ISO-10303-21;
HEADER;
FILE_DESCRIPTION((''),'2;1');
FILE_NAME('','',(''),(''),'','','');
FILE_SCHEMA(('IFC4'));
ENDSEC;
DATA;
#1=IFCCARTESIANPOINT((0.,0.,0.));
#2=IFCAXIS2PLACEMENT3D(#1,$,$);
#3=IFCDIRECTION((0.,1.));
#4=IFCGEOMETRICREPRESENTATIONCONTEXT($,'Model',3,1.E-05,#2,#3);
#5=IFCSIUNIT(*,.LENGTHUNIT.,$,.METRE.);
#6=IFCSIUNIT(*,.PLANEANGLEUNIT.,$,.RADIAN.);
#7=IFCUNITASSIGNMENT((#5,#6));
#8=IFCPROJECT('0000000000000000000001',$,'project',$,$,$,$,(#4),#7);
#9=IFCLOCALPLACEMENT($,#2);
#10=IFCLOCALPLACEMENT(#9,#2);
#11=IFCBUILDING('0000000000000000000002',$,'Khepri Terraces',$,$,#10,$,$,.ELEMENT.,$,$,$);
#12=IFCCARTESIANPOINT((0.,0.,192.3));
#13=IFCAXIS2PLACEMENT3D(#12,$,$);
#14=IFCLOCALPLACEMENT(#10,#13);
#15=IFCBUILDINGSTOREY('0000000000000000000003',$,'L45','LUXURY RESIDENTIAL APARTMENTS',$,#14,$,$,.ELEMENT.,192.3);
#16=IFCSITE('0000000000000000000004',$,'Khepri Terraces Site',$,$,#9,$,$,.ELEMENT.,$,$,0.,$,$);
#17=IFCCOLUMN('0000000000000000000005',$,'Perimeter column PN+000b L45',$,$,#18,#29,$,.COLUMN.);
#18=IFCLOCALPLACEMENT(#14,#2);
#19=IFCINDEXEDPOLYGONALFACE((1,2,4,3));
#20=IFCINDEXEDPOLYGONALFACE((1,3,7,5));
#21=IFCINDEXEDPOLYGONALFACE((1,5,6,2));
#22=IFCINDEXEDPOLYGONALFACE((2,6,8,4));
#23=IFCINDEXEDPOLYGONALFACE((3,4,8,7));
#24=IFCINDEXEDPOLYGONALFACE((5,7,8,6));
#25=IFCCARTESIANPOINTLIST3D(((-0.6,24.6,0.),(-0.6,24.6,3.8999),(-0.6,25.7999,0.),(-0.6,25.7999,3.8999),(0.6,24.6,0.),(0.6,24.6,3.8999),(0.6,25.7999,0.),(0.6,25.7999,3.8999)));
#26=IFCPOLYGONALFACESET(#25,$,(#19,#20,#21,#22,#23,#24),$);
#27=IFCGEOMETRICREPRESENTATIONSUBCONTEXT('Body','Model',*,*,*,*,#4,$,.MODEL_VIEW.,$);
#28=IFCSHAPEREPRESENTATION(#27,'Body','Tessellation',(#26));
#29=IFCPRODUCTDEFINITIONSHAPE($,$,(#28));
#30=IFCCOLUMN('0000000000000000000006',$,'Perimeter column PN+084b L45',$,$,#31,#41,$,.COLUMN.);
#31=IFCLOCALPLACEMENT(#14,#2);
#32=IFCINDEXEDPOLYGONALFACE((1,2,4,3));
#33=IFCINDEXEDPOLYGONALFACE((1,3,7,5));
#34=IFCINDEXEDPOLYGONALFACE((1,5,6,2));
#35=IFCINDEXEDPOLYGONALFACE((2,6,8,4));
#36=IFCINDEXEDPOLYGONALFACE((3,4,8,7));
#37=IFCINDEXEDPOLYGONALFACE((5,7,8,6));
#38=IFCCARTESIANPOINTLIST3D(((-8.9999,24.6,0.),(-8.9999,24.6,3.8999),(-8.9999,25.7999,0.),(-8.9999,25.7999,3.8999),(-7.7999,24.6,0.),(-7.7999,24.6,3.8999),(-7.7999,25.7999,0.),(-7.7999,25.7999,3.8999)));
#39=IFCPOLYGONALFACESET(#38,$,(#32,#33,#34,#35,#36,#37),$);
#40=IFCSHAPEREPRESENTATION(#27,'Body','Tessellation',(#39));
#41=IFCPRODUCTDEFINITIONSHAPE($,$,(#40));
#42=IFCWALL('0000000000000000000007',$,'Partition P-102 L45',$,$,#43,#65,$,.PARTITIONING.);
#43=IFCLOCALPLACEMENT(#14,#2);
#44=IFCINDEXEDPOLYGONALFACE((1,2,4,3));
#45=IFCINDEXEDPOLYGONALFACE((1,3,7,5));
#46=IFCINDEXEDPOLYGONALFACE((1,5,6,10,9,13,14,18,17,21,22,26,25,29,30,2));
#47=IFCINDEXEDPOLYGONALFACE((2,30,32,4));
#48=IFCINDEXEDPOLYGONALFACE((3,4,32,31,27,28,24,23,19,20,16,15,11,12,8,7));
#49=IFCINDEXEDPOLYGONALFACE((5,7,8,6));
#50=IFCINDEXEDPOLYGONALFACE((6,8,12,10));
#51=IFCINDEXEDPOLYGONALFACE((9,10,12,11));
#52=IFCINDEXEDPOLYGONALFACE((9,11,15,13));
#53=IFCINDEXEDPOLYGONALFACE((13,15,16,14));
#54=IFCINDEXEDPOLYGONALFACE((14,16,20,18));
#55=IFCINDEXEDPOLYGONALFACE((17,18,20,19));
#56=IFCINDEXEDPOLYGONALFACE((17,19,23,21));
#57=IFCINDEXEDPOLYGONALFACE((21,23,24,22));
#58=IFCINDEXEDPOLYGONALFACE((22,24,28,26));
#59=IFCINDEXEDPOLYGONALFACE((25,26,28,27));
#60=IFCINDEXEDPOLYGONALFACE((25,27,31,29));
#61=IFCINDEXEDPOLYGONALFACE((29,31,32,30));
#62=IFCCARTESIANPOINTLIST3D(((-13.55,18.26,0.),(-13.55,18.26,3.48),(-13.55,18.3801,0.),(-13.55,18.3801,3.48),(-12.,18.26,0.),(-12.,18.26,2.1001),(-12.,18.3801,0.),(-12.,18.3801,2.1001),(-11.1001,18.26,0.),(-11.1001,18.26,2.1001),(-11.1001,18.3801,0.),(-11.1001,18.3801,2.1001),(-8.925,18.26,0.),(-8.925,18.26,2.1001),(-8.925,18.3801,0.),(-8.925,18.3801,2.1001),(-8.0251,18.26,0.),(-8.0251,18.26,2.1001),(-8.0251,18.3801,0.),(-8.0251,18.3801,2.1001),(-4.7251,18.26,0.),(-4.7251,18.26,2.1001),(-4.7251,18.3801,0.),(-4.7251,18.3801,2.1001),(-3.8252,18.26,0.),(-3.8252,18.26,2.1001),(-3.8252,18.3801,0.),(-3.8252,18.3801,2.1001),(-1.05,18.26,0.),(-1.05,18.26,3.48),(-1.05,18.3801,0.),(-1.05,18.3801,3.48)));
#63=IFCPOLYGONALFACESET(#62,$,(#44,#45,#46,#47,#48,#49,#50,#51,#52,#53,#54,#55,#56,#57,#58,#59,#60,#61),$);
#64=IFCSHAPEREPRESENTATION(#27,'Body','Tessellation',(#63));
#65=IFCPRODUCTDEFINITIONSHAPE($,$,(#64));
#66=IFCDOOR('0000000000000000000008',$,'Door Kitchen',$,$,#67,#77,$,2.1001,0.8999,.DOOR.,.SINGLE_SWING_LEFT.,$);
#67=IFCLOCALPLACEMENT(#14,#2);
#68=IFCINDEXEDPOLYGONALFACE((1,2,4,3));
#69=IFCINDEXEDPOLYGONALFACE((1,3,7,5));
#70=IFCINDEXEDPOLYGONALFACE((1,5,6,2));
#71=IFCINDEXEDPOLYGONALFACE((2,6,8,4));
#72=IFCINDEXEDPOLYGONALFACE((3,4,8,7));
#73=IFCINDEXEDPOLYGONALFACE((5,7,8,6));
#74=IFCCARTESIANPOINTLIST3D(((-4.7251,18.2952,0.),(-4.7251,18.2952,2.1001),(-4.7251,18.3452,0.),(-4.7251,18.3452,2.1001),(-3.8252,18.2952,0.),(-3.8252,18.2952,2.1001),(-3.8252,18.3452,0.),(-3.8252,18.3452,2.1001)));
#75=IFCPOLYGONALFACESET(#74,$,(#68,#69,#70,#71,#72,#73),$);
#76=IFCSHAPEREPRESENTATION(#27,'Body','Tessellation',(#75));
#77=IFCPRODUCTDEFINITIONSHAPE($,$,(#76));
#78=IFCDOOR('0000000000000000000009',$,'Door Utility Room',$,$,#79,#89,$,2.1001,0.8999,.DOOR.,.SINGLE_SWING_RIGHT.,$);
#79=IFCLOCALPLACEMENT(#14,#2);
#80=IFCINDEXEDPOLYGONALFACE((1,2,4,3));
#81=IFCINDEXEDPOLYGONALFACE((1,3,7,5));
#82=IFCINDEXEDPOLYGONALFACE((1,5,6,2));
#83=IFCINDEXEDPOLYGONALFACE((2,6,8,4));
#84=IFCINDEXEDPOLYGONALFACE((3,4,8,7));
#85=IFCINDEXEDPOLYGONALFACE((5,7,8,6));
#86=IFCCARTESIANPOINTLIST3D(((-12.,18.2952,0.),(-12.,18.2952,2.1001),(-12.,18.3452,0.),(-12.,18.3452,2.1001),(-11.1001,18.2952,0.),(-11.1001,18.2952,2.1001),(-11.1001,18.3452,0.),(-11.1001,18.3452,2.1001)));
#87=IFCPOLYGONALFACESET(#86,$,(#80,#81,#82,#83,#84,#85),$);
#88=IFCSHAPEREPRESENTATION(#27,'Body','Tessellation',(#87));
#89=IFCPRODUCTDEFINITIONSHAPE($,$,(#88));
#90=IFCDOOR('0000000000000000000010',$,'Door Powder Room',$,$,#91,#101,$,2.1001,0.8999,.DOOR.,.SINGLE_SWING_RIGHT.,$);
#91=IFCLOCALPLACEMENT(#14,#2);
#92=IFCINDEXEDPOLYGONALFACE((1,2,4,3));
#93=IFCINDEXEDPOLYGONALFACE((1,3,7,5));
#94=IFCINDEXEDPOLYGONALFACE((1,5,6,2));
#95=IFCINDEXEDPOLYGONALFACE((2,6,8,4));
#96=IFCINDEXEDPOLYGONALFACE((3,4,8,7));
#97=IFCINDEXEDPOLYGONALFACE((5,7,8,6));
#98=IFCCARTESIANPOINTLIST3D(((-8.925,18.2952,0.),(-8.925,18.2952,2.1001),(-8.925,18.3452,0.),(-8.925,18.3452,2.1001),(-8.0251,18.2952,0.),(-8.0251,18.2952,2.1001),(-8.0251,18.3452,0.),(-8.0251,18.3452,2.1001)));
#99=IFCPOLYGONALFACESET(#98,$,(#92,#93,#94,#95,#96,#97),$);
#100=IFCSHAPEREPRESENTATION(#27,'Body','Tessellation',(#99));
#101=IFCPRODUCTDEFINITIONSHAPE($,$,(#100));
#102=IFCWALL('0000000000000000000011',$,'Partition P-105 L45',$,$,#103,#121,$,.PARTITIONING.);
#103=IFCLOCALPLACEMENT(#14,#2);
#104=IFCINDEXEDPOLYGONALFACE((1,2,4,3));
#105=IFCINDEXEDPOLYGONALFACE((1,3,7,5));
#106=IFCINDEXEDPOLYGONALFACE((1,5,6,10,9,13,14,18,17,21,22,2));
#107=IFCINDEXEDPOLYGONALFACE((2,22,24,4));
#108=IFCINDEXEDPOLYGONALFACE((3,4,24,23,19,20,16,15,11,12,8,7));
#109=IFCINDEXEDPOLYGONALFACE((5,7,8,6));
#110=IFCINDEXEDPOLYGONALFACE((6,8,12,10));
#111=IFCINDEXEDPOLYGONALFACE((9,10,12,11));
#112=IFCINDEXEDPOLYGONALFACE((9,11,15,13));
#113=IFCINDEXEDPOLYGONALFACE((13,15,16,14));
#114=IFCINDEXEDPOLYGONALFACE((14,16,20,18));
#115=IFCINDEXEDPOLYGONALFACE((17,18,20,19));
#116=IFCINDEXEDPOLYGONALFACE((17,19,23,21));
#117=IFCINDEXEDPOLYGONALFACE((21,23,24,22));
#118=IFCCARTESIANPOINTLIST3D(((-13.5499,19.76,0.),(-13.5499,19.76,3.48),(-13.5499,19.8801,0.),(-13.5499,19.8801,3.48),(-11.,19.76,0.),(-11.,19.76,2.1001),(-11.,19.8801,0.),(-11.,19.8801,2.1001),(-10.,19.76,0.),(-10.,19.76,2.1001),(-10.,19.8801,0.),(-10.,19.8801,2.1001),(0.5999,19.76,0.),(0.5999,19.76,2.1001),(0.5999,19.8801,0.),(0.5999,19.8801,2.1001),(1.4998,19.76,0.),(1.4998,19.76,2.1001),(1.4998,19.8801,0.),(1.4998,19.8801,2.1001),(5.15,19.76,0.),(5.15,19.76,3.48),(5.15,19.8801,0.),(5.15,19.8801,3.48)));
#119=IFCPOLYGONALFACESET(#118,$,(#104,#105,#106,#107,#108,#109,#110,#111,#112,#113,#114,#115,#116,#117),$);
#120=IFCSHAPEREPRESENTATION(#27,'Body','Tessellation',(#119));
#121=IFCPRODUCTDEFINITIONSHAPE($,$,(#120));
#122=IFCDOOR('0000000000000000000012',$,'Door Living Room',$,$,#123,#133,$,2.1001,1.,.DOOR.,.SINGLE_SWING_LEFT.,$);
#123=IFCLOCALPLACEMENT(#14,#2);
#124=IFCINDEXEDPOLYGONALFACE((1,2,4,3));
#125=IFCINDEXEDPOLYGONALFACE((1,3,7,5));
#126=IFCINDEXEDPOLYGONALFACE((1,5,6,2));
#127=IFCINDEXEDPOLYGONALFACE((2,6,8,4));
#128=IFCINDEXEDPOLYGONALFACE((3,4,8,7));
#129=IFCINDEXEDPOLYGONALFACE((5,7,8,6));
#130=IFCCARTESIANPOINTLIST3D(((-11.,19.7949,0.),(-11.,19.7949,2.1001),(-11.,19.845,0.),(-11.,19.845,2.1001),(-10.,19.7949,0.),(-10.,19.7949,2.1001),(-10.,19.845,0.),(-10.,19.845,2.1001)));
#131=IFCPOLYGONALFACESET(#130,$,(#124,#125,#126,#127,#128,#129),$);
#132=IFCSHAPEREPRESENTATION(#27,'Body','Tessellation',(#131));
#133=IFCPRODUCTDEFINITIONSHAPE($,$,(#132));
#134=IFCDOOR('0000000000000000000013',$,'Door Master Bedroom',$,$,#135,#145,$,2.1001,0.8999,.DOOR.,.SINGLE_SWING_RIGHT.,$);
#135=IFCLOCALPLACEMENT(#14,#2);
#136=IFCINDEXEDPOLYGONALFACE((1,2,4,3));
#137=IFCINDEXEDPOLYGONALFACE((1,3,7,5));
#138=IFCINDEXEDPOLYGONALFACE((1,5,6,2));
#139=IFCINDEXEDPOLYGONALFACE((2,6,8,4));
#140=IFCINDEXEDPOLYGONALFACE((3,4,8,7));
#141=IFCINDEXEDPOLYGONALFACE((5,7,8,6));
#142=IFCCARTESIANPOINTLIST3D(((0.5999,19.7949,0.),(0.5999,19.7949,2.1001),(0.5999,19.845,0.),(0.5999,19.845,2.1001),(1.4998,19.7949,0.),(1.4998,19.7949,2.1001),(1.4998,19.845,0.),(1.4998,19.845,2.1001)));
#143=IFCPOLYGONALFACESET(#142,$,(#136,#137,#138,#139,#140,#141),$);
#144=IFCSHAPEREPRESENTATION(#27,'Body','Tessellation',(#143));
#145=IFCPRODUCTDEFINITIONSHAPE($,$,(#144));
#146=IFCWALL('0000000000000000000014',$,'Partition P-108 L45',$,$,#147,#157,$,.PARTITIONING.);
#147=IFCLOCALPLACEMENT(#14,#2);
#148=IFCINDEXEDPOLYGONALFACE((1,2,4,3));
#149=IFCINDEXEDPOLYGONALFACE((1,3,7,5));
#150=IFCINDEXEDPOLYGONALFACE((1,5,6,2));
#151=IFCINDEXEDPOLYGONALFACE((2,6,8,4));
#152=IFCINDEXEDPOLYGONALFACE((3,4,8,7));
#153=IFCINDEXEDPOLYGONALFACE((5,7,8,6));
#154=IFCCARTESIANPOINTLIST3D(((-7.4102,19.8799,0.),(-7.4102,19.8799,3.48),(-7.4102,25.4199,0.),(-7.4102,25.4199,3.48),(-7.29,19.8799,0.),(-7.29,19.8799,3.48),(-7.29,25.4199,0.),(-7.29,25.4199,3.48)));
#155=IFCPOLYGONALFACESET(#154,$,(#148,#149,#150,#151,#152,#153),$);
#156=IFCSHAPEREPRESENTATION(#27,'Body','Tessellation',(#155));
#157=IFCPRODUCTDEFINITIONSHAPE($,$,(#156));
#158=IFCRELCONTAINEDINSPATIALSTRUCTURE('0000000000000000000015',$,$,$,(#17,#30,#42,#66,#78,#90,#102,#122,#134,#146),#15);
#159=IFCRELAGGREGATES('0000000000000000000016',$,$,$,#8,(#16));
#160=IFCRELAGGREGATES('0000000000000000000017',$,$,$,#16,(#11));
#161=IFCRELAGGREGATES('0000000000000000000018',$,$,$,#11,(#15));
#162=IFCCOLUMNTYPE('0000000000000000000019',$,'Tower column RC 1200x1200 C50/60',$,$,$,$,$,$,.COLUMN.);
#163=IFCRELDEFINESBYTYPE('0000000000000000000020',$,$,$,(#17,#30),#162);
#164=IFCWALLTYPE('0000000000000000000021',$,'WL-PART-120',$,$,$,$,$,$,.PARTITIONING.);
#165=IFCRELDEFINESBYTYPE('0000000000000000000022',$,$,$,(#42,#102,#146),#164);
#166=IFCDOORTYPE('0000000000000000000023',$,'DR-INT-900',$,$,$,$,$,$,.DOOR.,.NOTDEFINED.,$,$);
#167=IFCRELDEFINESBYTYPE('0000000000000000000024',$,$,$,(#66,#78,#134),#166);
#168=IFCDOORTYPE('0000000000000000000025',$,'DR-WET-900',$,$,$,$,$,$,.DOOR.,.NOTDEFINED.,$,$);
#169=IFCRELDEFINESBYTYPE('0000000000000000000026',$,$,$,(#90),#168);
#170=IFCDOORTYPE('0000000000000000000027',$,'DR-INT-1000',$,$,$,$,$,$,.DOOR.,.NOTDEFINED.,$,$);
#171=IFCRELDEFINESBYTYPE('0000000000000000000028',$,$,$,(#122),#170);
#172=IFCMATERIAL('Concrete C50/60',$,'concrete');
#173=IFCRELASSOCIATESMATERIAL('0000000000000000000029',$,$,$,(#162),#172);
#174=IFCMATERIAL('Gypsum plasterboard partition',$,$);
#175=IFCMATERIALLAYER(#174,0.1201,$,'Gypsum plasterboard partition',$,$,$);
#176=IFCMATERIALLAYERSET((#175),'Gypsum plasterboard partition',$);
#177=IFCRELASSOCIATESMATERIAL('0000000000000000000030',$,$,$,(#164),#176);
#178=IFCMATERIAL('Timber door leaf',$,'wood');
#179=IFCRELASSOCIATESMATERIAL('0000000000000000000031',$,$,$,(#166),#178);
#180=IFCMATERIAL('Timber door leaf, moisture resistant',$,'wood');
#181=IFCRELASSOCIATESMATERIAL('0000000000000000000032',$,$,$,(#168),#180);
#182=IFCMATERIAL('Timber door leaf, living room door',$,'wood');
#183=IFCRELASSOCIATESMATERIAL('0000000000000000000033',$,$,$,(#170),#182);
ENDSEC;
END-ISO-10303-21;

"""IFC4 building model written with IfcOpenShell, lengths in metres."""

from ifc_helpers import new_model, si_unit, direction, frame, frame_2d, origin, origin_2d, place, context, subcontext, project, spatial, rectangle, extrude, material, layer, layer_set, material_profile, profile_set, type_object, element, fill, save


model = new_model("IFC4")

# Units and contexts
model_context = context("Model", 3, precision=1e-05, world=origin(), true_north=direction((0.0, 1.0)))
body_context = subcontext(model_context, "Body", "Model", "MODEL_VIEW")
ifc_project = project(units=[si_unit("LENGTHUNIT", "METRE"), si_unit("PLANEANGLEUNIT", "RADIAN")], contexts=[model_context])

# Site, building, storey
site_placement = place(None, origin())
site = spatial("IfcSite", under=ifc_project, at=site_placement, Name="Khepri Terraces Site", CompositionType="ELEMENT", RefElevation=0.0)
building_placement = place(site_placement, origin())
building = spatial("IfcBuilding", under=site, at=building_placement, Name="Khepri Terraces", CompositionType="ELEMENT")
storey_placement = place(building_placement, frame((0.0, 0.0, 192.3)))
storey = spatial("IfcBuildingStorey", under=building, at=storey_placement, Name="L45", Description="LUXURY RESIDENTIAL APARTMENTS", CompositionType="ELEMENT", Elevation=192.3)

# Columns
ifc_material_1 = material(Name="Concrete C50/60", Category="concrete")
ifc_material_profile = material_profile(ifc_material_1, rectangle(XDim=1.2, YDim=1.2, at=origin_2d()), Name="Concrete C50/60", Category="concrete")
ifc_profile_set = profile_set([ifc_material_profile], Name="Concrete C50/60")
column_type = type_object("IfcColumnType", Name="Tower column RC 1200x1200 C50/60", PredefinedType="COLUMN", material=ifc_profile_set)
for number, where, z_axis, x_axis, name in (
    (1, (0.0, 25.2, 0.0), (0.0, 0.0, 1.0), (1.0, 0.0, 0.0), "Perimeter column PN+000b L45"),
    (2, (-8.3999, 25.2, 0.0), (0.0, 0.0, 1.0), (1.0, 0.0, 0.0), "Perimeter column PN+084b L45"),
):
    element("IfcColumn", number, at=place(storey_placement, frame(where, z_axis=z_axis, x_axis=x_axis)), inside=storey, type_object=column_type, Name=name, PredefinedType="COLUMN", context=body_context, shape_type="SweptSolid", body=[
        extrude(rectangle(XDim=1.2, YDim=1.2, at=origin_2d()), origin(), (0.0, 0.0, 1.0), 3.8999),
    ])

# Walls, openings, doors
ifc_material_2 = material(Name="Gypsum plasterboard partition")
ifc_layer_1 = layer(ifc_material_2, 0.1201, Name="Gypsum plasterboard partition")
ifc_layer_set_1 = layer_set([ifc_layer_1], Name="Gypsum plasterboard partition")
wall_type_1 = type_object("IfcWallType", Name="WL-PART-120", PredefinedType="PARTITIONING", material=ifc_layer_set_1)
wall_1_placement = place(storey_placement, frame((-13.55, 18.3201, 0.0), z_axis=(0.0, 0.0, 1.0), x_axis=(1.0, 0.0, 0.0)))
wall_1 = element("IfcWall", 3, at=wall_1_placement, inside=storey, type_object=wall_type_1, Name="Partition P-102 L45", PredefinedType="PARTITIONING", context=body_context, shape_type="SweptSolid", body=[
    extrude(rectangle(XDim=12.5, YDim=0.1201, at=frame_2d((6.25, 0.0))), origin(), (0.0, 0.0, 1.0), 3.48),
])
opening_1_placement = place(wall_1_placement, frame((8.825, 0.0, 0.0)))
opening_1 = element("IfcOpeningElement", 4, at=opening_1_placement, cuts=wall_1, PredefinedType="OPENING", context=body_context, shape_type="SweptSolid", body=[
    extrude(rectangle(XDim=0.8999, YDim=2.1001, at=frame_2d((0.45, 1.05))), frame((0.0, 0.0701, 0.0), z_axis=(0.0, -1.0, 0.0), x_axis=(1.0, 0.0, 0.0)), (0.0, 0.0, 1.0), 0.1401),
])
opening_2_placement = place(wall_1_placement, frame((4.625, 0.0, 0.0)))
opening_2 = element("IfcOpeningElement", 5, at=opening_2_placement, cuts=wall_1, PredefinedType="OPENING", context=body_context, shape_type="SweptSolid", body=[
    extrude(rectangle(XDim=0.8999, YDim=2.1001, at=frame_2d((0.45, 1.05))), frame((0.0, 0.0701, 0.0), z_axis=(0.0, -1.0, 0.0), x_axis=(1.0, 0.0, 0.0)), (0.0, 0.0, 1.0), 0.1401),
])
opening_3_placement = place(wall_1_placement, frame((1.55, 0.0, 0.0)))
opening_3 = element("IfcOpeningElement", 6, at=opening_3_placement, cuts=wall_1, PredefinedType="OPENING", context=body_context, shape_type="SweptSolid", body=[
    extrude(rectangle(XDim=0.8999, YDim=2.1001, at=frame_2d((0.45, 1.05))), frame((0.0, 0.0701, 0.0), z_axis=(0.0, -1.0, 0.0), x_axis=(1.0, 0.0, 0.0)), (0.0, 0.0, 1.0), 0.1401),
])
ifc_material_3 = material(Name="Timber door leaf", Category="wood")
door_type_1 = type_object("IfcDoorType", Name="DR-INT-900", OperationType="NOTDEFINED", PredefinedType="DOOR", material=ifc_material_3)
door_1_placement = place(opening_1_placement, frame((0.8999, 0.0, 0.0), z_axis=(0.0, 0.0, 1.0), x_axis=(-1.0, 0.0, 0.0)))
door_1 = element("IfcDoor", 7, at=door_1_placement, inside=storey, type_object=door_type_1, Name="Door Kitchen", OperationType="SINGLE_SWING_LEFT", OverallHeight=2.1001, OverallWidth=0.8999, PredefinedType="DOOR", context=body_context, shape_type="SweptSolid", body=[
    extrude(rectangle(XDim=0.8999, YDim=2.1001, at=frame_2d((0.45, 1.05))), frame((0.0, 0.0249, 0.0), z_axis=(0.0, -1.0, 0.0), x_axis=(1.0, 0.0, 0.0)), (0.0, 0.0, 1.0), 0.05),
])
fill(opening_1, door_1)
door_2_placement = place(opening_3_placement, frame((0.8999, 0.0, 0.0), z_axis=(0.0, 0.0, 1.0), x_axis=(-1.0, 0.0, 0.0)))
door_2 = element("IfcDoor", 8, at=door_2_placement, inside=storey, type_object=door_type_1, Name="Door Utility Room", OperationType="SINGLE_SWING_RIGHT", OverallHeight=2.1001, OverallWidth=0.8999, PredefinedType="DOOR", context=body_context, shape_type="SweptSolid", body=[
    extrude(rectangle(XDim=0.8999, YDim=2.1001, at=frame_2d((0.45, 1.05))), frame((0.0, 0.0249, 0.0), z_axis=(0.0, -1.0, 0.0), x_axis=(1.0, 0.0, 0.0)), (0.0, 0.0, 1.0), 0.05),
])
fill(opening_3, door_2)
ifc_material_4 = material(Name="Timber door leaf, moisture resistant", Category="wood")
door_type_2 = type_object("IfcDoorType", Name="DR-WET-900", OperationType="NOTDEFINED", PredefinedType="DOOR", material=ifc_material_4)
door_3_placement = place(opening_2_placement, frame((0.8999, 0.0, 0.0), z_axis=(0.0, 0.0, 1.0), x_axis=(-1.0, 0.0, 0.0)))
door_3 = element("IfcDoor", 9, at=door_3_placement, inside=storey, type_object=door_type_2, Name="Door Powder Room", OperationType="SINGLE_SWING_RIGHT", OverallHeight=2.1001, OverallWidth=0.8999, PredefinedType="DOOR", context=body_context, shape_type="SweptSolid", body=[
    extrude(rectangle(XDim=0.8999, YDim=2.1001, at=frame_2d((0.45, 1.05))), frame((0.0, 0.0249, 0.0), z_axis=(0.0, -1.0, 0.0), x_axis=(1.0, 0.0, 0.0)), (0.0, 0.0, 1.0), 0.05),
])
fill(opening_2, door_3)
wall_2_placement = place(storey_placement, frame((-13.55, 19.8201, 0.0), z_axis=(0.0, 0.0, 1.0), x_axis=(1.0, 0.0, 0.0)))
wall_2 = element("IfcWall", 10, at=wall_2_placement, inside=storey, type_object=wall_type_1, Name="Partition P-105 L45", PredefinedType="PARTITIONING", context=body_context, shape_type="SweptSolid", body=[
    extrude(rectangle(XDim=18.7, YDim=0.1201, at=frame_2d((9.3501, 0.0))), origin(), (0.0, 0.0, 1.0), 3.48),
])
opening_4_placement = place(wall_2_placement, frame((14.1499, 0.0, 0.0)))
opening_4 = element("IfcOpeningElement", 11, at=opening_4_placement, cuts=wall_2, PredefinedType="OPENING", context=body_context, shape_type="SweptSolid", body=[
    extrude(rectangle(XDim=0.8999, YDim=2.1001, at=frame_2d((0.45, 1.05))), frame((0.0, 0.0701, 0.0), z_axis=(0.0, -1.0, 0.0), x_axis=(1.0, 0.0, 0.0)), (0.0, 0.0, 1.0), 0.1401),
])
opening_5_placement = place(wall_2_placement, frame((2.55, 0.0, 0.0)))
opening_5 = element("IfcOpeningElement", 12, at=opening_5_placement, cuts=wall_2, PredefinedType="OPENING", context=body_context, shape_type="SweptSolid", body=[
    extrude(rectangle(XDim=1.0, YDim=2.1001, at=frame_2d((0.5, 1.05))), frame((0.0, 0.0701, 0.0), z_axis=(0.0, -1.0, 0.0), x_axis=(1.0, 0.0, 0.0)), (0.0, 0.0, 1.0), 0.1401),
])
ifc_material_5 = material(Name="Timber door leaf, living room door", Category="wood")
door_type_3 = type_object("IfcDoorType", Name="DR-INT-1000", OperationType="NOTDEFINED", PredefinedType="DOOR", material=ifc_material_5)
door_4_placement = place(opening_5_placement, origin())
door_4 = element("IfcDoor", 13, at=door_4_placement, inside=storey, type_object=door_type_3, Name="Door Living Room", OperationType="SINGLE_SWING_LEFT", OverallHeight=2.1001, OverallWidth=1.0, PredefinedType="DOOR", context=body_context, shape_type="SweptSolid", body=[
    extrude(rectangle(XDim=1.0, YDim=2.1001, at=frame_2d((0.5, 1.05))), frame((0.0, 0.0249, 0.0), z_axis=(0.0, -1.0, 0.0), x_axis=(1.0, 0.0, 0.0)), (0.0, 0.0, 1.0), 0.05),
])
fill(opening_5, door_4)
door_5_placement = place(opening_4_placement, origin())
door_5 = element("IfcDoor", 14, at=door_5_placement, inside=storey, type_object=door_type_1, Name="Door Master Bedroom", OperationType="SINGLE_SWING_RIGHT", OverallHeight=2.1001, OverallWidth=0.8999, PredefinedType="DOOR", context=body_context, shape_type="SweptSolid", body=[
    extrude(rectangle(XDim=0.8999, YDim=2.1001, at=frame_2d((0.45, 1.05))), frame((0.0, 0.0249, 0.0), z_axis=(0.0, -1.0, 0.0), x_axis=(1.0, 0.0, 0.0)), (0.0, 0.0, 1.0), 0.05),
])
fill(opening_4, door_5)

# Wall
wall_3_placement = place(storey_placement, frame((-7.3501, 19.8799, 0.0), z_axis=(0.0, 0.0, 1.0), x_axis=(0.0, 1.0, 0.0)))
element("IfcWall", 15, at=wall_3_placement, inside=storey, type_object=wall_type_1, Name="Partition P-108 L45", PredefinedType="PARTITIONING", context=body_context, shape_type="SweptSolid", body=[
    extrude(rectangle(XDim=5.54, YDim=0.1201, at=frame_2d((2.77, 0.0))), origin(), (0.0, 0.0, 1.0), 3.48),
])

save(model, "model.ifc")
